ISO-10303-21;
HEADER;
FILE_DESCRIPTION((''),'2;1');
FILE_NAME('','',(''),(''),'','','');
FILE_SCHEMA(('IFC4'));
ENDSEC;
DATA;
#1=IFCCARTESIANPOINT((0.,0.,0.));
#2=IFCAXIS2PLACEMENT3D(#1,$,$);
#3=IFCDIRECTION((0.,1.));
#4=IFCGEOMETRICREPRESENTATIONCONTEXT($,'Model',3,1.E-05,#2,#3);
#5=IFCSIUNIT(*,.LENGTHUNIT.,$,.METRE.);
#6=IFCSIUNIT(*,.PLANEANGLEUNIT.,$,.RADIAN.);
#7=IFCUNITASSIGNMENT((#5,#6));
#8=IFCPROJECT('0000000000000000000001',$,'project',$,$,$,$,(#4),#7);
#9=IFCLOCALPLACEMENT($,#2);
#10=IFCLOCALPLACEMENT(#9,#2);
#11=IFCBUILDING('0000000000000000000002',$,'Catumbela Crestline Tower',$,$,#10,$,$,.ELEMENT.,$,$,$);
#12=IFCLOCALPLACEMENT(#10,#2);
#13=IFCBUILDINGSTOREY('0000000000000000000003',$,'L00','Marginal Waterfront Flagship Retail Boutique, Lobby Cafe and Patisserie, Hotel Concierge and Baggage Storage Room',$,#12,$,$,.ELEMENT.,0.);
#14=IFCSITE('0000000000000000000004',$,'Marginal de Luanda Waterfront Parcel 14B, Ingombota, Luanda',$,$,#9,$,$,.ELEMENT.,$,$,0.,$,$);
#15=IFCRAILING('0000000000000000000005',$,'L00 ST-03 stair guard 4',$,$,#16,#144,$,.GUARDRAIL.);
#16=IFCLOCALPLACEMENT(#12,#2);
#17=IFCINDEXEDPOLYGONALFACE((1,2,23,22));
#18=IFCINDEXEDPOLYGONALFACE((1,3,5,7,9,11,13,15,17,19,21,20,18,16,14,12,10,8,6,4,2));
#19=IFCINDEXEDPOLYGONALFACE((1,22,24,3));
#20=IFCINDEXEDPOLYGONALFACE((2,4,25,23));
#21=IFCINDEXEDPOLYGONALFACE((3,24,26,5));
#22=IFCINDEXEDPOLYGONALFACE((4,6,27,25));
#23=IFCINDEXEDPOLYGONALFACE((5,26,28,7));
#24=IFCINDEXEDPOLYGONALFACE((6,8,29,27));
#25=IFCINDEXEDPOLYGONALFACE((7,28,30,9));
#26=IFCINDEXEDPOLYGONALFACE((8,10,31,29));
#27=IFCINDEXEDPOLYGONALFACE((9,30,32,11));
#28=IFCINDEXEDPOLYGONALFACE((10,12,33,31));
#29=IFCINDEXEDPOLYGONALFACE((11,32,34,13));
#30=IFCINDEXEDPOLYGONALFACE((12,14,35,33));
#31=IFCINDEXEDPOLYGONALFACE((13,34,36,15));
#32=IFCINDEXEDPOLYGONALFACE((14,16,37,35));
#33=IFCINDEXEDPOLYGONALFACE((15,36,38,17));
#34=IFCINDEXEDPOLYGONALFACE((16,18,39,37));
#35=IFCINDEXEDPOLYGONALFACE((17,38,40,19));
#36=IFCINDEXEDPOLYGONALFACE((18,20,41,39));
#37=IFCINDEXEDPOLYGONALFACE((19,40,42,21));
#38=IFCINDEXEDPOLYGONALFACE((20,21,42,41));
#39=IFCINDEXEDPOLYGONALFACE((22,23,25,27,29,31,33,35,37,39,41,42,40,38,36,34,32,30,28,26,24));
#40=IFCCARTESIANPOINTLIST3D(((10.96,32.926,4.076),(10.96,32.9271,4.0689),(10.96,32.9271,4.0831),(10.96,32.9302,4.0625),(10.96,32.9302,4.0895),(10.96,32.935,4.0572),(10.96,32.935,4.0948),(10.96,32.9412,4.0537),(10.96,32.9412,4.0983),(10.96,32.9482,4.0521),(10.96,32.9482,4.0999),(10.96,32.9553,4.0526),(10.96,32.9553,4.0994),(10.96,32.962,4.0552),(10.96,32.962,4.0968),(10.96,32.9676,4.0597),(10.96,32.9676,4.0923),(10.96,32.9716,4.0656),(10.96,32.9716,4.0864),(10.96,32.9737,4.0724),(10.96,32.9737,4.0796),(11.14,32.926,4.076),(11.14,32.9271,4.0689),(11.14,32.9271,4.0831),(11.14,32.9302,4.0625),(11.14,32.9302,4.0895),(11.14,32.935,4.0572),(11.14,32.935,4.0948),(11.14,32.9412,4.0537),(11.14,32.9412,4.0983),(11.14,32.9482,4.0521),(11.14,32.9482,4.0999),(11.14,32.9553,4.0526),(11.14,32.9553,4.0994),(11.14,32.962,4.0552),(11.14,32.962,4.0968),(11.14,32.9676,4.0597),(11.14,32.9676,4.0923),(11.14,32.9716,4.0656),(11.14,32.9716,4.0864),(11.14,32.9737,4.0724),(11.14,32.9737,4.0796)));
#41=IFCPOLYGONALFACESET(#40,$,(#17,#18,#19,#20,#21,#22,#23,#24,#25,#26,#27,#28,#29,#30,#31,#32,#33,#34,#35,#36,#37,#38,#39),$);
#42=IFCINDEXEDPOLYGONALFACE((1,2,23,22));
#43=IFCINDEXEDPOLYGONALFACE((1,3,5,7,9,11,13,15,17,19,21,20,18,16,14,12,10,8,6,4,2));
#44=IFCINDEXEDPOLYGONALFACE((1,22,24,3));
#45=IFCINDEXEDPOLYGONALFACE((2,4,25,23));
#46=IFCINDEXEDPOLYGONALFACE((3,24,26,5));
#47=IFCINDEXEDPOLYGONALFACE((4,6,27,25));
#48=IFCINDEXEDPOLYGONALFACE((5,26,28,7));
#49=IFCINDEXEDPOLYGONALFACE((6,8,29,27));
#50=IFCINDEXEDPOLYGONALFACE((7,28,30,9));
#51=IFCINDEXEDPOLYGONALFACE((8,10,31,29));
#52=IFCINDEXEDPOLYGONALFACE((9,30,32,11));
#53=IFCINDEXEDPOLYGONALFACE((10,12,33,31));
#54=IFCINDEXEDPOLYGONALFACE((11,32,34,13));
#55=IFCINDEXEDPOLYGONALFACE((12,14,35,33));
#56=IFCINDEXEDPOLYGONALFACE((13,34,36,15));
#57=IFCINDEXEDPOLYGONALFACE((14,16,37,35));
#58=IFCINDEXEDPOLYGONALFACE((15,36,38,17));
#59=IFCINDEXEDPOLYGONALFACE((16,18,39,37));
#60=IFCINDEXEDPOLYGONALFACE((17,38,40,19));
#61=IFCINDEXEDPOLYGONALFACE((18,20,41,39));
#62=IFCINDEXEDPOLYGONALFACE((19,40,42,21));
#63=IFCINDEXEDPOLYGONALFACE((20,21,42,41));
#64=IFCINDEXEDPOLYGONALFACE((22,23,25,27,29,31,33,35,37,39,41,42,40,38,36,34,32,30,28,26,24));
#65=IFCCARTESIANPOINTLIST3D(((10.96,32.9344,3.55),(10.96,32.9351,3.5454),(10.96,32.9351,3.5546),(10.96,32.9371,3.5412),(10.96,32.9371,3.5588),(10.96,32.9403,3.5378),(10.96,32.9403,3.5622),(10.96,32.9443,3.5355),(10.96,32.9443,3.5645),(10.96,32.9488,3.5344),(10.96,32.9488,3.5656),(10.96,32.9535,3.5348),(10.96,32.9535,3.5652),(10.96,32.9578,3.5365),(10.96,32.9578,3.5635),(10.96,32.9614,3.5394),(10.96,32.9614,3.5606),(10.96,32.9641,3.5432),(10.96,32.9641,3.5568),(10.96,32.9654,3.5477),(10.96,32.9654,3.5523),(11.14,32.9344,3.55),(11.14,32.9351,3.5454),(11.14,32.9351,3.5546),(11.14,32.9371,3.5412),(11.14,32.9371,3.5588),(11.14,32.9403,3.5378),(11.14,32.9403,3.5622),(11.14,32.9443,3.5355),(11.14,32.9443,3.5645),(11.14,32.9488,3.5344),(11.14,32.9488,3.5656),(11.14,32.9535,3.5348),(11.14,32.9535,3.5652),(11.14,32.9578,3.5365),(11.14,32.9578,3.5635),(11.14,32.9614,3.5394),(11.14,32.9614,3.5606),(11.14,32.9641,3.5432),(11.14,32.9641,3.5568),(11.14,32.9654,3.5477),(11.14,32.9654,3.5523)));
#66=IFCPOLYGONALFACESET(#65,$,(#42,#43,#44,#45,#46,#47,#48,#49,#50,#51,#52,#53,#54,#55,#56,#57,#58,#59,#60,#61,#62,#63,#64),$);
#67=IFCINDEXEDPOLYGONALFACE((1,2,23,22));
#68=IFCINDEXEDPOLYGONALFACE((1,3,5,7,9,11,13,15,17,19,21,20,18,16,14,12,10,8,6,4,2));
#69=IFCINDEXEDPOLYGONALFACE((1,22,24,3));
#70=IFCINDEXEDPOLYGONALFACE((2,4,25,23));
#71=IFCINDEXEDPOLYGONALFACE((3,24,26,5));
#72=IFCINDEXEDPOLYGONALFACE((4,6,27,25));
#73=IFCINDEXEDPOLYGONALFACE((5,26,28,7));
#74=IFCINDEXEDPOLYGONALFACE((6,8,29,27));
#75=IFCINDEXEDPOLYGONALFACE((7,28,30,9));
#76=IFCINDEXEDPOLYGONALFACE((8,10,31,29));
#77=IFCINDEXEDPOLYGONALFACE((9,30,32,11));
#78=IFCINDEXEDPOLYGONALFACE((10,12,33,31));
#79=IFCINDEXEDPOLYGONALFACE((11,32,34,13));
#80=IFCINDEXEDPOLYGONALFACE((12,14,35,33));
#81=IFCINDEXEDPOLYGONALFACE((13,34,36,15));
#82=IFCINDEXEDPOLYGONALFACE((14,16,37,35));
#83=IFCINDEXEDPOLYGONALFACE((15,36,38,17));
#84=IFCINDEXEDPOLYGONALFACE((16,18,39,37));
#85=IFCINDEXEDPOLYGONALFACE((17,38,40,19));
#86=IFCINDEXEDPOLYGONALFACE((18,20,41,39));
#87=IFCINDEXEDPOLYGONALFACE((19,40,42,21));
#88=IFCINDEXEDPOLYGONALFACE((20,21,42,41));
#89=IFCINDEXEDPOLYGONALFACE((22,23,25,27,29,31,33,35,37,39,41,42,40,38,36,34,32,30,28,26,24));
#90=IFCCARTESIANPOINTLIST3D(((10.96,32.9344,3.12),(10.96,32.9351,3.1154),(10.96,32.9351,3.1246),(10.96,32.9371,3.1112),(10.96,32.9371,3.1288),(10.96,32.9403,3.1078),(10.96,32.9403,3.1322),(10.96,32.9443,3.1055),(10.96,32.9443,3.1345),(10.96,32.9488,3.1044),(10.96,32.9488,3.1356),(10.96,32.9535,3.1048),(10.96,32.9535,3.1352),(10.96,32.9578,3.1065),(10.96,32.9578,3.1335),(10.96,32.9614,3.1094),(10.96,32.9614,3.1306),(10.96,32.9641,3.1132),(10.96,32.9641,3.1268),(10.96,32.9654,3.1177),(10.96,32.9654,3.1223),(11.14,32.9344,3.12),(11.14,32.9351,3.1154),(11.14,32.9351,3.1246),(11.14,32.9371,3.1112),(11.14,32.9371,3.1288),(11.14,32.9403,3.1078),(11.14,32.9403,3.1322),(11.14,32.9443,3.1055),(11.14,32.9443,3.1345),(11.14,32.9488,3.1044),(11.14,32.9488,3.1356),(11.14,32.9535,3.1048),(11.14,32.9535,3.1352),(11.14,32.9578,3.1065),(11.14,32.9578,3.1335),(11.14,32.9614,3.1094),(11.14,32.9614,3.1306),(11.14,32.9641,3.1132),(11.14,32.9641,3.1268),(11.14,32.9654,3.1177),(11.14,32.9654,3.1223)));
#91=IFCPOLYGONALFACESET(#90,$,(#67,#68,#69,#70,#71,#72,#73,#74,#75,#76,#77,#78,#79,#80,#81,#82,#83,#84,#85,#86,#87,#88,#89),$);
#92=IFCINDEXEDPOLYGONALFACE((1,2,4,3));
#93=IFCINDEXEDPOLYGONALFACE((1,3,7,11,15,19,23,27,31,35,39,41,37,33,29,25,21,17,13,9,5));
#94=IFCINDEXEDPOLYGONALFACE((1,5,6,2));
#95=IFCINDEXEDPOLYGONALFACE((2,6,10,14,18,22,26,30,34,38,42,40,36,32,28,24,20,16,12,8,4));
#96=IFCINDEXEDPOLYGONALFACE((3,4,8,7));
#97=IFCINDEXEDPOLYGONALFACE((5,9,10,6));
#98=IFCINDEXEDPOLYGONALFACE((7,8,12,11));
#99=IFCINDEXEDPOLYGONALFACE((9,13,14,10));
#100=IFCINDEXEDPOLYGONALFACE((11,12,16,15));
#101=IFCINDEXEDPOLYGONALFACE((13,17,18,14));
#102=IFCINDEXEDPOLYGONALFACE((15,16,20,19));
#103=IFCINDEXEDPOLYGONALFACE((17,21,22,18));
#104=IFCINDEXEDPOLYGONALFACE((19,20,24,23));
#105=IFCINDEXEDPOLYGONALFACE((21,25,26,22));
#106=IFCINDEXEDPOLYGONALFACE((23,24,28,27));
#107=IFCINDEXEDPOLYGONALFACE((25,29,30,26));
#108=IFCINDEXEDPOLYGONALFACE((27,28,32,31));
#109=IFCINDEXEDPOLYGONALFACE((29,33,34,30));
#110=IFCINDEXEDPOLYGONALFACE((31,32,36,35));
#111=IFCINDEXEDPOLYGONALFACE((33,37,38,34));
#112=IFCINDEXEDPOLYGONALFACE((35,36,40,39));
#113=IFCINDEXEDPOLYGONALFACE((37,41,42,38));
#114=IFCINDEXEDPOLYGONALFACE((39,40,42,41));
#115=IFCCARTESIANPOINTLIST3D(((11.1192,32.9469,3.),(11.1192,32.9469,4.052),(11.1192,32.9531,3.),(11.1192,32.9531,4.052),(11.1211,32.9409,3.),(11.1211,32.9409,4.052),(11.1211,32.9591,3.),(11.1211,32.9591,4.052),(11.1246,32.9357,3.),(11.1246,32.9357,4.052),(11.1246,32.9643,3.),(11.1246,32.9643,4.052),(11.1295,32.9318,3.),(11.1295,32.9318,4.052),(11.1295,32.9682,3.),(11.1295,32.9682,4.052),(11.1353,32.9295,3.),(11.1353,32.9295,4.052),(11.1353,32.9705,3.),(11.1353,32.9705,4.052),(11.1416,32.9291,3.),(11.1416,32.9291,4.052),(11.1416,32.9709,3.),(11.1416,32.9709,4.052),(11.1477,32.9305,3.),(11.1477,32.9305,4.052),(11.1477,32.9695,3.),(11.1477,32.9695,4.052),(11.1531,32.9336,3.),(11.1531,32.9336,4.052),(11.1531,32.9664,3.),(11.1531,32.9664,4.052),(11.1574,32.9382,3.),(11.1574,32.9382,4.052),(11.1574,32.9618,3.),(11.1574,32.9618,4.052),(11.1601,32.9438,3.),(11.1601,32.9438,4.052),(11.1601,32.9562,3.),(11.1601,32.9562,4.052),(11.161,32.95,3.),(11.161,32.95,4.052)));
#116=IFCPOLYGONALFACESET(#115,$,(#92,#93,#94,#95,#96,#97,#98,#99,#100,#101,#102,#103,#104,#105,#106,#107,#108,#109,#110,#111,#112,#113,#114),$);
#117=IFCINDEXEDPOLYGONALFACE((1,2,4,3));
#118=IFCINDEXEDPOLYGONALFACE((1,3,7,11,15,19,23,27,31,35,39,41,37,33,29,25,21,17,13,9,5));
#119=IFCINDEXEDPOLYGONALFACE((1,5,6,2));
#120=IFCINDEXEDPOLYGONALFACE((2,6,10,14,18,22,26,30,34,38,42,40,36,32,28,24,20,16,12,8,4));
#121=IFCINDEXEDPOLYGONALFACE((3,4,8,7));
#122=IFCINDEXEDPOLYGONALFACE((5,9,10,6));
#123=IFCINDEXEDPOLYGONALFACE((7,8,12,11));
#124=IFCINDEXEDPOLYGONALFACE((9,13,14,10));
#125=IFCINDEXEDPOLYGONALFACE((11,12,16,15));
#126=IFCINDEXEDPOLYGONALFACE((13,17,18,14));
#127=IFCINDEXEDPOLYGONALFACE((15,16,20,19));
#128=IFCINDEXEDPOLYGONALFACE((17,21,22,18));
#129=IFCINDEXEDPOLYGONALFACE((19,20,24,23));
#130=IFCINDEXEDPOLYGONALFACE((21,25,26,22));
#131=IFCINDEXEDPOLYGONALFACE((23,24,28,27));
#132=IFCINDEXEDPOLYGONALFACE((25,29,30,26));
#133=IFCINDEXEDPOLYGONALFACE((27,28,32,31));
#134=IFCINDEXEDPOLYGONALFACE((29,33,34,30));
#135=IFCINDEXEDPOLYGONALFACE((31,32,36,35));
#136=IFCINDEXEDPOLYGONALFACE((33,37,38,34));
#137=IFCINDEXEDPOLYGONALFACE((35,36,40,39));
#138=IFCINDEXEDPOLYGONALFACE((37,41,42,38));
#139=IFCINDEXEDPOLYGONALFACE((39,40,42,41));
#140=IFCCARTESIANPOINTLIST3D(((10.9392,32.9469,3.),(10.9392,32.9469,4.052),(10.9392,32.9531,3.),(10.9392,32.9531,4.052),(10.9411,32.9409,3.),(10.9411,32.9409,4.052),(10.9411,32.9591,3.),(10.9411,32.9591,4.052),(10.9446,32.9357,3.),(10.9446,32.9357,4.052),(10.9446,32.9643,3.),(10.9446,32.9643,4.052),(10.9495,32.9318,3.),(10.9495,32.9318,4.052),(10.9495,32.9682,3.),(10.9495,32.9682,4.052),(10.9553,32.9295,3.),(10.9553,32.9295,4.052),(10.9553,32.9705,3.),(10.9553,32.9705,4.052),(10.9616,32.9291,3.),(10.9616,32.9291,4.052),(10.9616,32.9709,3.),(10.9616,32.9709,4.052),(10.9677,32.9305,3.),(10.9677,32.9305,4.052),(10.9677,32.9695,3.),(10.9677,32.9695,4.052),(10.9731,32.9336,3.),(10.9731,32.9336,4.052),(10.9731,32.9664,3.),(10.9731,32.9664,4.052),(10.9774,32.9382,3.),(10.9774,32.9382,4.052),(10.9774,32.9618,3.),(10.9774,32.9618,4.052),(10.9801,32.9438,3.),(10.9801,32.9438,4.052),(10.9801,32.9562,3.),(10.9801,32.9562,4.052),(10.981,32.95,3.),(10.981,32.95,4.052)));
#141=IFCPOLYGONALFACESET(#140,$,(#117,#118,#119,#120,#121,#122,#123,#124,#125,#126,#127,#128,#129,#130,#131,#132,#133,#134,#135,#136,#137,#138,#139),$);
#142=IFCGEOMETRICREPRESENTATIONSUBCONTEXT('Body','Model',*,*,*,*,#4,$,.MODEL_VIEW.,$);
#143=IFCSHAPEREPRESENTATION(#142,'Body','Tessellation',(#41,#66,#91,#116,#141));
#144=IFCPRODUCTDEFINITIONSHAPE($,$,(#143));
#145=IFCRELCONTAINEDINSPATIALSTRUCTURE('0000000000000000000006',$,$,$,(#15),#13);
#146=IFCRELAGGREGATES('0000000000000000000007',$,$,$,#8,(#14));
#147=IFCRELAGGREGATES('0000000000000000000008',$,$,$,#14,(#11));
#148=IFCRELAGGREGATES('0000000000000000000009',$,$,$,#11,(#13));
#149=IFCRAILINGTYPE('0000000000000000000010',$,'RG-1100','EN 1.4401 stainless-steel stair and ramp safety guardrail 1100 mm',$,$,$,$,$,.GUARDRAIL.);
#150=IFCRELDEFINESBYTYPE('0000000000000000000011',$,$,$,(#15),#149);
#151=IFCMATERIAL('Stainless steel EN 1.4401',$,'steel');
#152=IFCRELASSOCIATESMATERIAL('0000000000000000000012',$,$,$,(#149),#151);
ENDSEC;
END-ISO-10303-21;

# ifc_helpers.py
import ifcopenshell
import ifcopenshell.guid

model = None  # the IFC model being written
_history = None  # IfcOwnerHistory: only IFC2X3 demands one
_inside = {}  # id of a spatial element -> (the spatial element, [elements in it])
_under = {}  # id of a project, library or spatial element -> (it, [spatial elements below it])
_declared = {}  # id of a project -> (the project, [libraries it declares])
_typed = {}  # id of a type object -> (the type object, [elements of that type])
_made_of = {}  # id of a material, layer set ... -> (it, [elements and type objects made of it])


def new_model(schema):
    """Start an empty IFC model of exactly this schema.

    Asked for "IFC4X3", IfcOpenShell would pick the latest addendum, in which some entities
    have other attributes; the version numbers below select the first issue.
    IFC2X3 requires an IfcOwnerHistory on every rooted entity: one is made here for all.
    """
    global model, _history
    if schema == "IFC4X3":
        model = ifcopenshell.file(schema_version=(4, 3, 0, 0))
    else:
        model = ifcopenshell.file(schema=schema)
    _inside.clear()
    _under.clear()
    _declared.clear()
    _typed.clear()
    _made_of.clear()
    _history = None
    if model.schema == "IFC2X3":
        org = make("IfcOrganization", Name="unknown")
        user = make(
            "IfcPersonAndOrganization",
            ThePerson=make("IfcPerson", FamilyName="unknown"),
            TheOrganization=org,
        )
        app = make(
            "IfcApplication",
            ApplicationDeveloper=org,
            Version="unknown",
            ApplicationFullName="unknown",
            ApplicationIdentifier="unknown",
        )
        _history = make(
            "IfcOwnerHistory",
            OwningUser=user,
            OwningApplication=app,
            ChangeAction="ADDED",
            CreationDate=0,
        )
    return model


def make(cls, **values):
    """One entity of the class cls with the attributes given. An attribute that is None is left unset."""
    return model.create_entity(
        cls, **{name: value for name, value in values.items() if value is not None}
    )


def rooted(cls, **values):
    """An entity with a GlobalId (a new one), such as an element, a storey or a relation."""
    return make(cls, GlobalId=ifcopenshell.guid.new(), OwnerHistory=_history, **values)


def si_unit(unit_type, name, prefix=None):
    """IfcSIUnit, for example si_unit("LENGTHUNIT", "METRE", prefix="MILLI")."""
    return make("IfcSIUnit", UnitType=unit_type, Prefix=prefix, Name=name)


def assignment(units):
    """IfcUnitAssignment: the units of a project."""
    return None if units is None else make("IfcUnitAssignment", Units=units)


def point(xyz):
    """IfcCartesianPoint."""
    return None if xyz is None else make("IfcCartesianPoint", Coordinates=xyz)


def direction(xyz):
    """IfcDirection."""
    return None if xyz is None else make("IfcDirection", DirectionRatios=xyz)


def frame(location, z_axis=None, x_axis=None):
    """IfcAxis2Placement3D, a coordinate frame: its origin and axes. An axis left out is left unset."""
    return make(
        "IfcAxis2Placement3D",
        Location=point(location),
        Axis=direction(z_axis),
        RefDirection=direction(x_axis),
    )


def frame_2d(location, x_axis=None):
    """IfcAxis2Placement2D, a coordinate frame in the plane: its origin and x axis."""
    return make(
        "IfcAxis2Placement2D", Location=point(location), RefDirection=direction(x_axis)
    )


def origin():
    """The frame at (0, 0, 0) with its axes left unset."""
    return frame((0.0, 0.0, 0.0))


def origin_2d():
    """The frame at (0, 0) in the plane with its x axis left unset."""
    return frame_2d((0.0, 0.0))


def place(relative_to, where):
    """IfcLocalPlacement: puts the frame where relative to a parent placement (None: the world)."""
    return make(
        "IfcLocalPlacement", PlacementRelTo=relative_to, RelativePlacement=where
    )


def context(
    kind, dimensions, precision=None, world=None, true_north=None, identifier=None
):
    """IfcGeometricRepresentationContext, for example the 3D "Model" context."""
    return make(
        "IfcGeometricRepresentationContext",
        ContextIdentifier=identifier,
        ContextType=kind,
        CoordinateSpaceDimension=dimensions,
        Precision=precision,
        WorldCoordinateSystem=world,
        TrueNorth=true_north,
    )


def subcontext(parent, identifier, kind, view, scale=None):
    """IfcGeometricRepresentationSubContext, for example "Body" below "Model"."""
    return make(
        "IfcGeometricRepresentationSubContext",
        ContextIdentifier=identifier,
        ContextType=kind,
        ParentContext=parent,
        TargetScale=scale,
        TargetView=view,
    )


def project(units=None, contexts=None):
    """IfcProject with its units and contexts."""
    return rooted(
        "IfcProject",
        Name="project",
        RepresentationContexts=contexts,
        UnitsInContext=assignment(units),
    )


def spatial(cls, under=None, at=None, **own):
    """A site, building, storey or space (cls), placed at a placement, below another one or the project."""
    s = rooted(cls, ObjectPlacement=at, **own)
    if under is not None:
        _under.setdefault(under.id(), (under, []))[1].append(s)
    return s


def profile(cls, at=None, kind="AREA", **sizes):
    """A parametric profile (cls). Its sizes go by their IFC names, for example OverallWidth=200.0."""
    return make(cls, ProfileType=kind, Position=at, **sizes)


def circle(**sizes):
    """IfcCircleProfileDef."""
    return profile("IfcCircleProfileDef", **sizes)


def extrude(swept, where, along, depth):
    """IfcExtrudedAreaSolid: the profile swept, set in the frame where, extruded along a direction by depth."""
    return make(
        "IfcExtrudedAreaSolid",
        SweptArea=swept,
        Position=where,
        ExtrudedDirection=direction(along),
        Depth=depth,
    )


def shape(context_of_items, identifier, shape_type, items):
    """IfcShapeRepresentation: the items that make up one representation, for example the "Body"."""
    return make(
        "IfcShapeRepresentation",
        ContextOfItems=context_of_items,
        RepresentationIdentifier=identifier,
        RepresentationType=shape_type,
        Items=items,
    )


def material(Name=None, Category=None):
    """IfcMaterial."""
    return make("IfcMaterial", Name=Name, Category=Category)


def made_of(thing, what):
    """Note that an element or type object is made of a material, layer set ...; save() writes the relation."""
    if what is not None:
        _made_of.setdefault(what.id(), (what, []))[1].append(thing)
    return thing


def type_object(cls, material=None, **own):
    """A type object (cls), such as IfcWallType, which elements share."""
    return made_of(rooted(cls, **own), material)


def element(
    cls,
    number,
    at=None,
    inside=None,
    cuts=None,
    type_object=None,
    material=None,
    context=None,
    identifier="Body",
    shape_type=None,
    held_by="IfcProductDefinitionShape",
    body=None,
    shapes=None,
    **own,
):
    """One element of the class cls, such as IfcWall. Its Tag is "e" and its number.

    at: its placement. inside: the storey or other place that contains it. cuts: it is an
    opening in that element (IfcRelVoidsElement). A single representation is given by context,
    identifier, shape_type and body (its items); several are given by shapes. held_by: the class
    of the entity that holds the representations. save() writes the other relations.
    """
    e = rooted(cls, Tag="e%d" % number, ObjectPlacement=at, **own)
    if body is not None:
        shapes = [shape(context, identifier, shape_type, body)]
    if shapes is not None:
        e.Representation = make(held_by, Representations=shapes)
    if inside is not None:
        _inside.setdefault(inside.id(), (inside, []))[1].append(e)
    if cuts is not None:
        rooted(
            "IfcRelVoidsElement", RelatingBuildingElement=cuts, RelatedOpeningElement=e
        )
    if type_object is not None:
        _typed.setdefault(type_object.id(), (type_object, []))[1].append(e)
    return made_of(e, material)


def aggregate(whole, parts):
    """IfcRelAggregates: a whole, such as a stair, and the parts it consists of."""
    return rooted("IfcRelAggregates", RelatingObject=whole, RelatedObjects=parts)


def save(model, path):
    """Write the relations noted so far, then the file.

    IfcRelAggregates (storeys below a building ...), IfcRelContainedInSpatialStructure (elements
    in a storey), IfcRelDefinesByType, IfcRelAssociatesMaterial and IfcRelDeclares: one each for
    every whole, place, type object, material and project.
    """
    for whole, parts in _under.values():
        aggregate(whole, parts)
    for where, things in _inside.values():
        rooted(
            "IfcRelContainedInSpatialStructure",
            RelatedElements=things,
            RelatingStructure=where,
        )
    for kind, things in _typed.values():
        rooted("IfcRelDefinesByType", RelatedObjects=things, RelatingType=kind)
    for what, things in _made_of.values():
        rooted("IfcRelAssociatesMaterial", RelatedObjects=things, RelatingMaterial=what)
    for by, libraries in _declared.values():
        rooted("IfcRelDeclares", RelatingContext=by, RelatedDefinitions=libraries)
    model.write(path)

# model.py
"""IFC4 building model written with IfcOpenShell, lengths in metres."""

from ifc_helpers import new_model, si_unit, direction, frame, origin, origin_2d, place, context, subcontext, project, spatial, circle, extrude, material, type_object, element, save


model = new_model("IFC4")

# Units and contexts
model_context = context("Model", 3, precision=1e-05, world=origin(), true_north=direction((0.0, 1.0)))
body_context = subcontext(model_context, "Body", "Model", "MODEL_VIEW")
ifc_project = project(units=[si_unit("LENGTHUNIT", "METRE"), si_unit("PLANEANGLEUNIT", "RADIAN")], contexts=[model_context])

# Site, building, storey
site_placement = place(None, origin())
site = spatial("IfcSite", under=ifc_project, at=site_placement, Name="Marginal de Luanda Waterfront Parcel 14B, Ingombota, Luanda", CompositionType="ELEMENT", RefElevation=0.0)
building_placement = place(site_placement, origin())
building = spatial("IfcBuilding", under=site, at=building_placement, Name="Catumbela Crestline Tower", CompositionType="ELEMENT")
storey_placement = place(building_placement, origin())
storey = spatial("IfcBuildingStorey", under=building, at=storey_placement, Name="L00", Description="Marginal Waterfront Flagship Retail Boutique, Lobby Cafe and Patisserie, Hotel Concierge and Baggage Storage Room", CompositionType="ELEMENT", Elevation=0.0)

# Shared definitions
ifc_material_1 = material(Name="Stainless steel EN 1.4401", Category="steel")

# Railing
railing_type_1 = type_object("IfcRailingType", Name="RG-1100", Description="EN 1.4401 stainless-steel stair and ramp safety guardrail 1100 mm", PredefinedType="GUARDRAIL", material=ifc_material_1)
for number, where, name in (
    (1, (11.14, 32.95, 3.0), "L00 ST-03 stair guard 4"),
):
    element("IfcRailing", number, at=place(storey_placement, frame(where)), inside=storey, type_object=railing_type_1, Name=name, PredefinedType="GUARDRAIL", context=body_context, shape_type="SweptSolid", body=[
        extrude(circle(Radius=0.024, at=origin_2d()), frame((0.0, 0.0, 1.076), z_axis=(-1.0, 0.0, 0.0), x_axis=(0.0, -1.0, 0.0)), (0.0, 0.0, 1.0), 0.18),
        extrude(circle(Radius=0.0156, at=origin_2d()), frame((0.0, 0.0, 0.55), z_axis=(-1.0, 0.0, 0.0), x_axis=(0.0, -1.0, 0.0)), (0.0, 0.0, 1.0), 0.18),
        extrude(circle(Radius=0.0156, at=origin_2d()), frame((0.0, 0.0, 0.12), z_axis=(-1.0, 0.0, 0.0), x_axis=(0.0, -1.0, 0.0)), (0.0, 0.0, 1.0), 0.18),
        extrude(circle(Radius=0.021, at=origin_2d()), origin(), (0.0, 0.0, 1.0), 1.052),
        extrude(circle(Radius=0.021, at=origin_2d()), frame((-0.18, 0.0, 0.0)), (0.0, 0.0, 1.0), 1.052),
    ])

save(model, "model.ifc")
